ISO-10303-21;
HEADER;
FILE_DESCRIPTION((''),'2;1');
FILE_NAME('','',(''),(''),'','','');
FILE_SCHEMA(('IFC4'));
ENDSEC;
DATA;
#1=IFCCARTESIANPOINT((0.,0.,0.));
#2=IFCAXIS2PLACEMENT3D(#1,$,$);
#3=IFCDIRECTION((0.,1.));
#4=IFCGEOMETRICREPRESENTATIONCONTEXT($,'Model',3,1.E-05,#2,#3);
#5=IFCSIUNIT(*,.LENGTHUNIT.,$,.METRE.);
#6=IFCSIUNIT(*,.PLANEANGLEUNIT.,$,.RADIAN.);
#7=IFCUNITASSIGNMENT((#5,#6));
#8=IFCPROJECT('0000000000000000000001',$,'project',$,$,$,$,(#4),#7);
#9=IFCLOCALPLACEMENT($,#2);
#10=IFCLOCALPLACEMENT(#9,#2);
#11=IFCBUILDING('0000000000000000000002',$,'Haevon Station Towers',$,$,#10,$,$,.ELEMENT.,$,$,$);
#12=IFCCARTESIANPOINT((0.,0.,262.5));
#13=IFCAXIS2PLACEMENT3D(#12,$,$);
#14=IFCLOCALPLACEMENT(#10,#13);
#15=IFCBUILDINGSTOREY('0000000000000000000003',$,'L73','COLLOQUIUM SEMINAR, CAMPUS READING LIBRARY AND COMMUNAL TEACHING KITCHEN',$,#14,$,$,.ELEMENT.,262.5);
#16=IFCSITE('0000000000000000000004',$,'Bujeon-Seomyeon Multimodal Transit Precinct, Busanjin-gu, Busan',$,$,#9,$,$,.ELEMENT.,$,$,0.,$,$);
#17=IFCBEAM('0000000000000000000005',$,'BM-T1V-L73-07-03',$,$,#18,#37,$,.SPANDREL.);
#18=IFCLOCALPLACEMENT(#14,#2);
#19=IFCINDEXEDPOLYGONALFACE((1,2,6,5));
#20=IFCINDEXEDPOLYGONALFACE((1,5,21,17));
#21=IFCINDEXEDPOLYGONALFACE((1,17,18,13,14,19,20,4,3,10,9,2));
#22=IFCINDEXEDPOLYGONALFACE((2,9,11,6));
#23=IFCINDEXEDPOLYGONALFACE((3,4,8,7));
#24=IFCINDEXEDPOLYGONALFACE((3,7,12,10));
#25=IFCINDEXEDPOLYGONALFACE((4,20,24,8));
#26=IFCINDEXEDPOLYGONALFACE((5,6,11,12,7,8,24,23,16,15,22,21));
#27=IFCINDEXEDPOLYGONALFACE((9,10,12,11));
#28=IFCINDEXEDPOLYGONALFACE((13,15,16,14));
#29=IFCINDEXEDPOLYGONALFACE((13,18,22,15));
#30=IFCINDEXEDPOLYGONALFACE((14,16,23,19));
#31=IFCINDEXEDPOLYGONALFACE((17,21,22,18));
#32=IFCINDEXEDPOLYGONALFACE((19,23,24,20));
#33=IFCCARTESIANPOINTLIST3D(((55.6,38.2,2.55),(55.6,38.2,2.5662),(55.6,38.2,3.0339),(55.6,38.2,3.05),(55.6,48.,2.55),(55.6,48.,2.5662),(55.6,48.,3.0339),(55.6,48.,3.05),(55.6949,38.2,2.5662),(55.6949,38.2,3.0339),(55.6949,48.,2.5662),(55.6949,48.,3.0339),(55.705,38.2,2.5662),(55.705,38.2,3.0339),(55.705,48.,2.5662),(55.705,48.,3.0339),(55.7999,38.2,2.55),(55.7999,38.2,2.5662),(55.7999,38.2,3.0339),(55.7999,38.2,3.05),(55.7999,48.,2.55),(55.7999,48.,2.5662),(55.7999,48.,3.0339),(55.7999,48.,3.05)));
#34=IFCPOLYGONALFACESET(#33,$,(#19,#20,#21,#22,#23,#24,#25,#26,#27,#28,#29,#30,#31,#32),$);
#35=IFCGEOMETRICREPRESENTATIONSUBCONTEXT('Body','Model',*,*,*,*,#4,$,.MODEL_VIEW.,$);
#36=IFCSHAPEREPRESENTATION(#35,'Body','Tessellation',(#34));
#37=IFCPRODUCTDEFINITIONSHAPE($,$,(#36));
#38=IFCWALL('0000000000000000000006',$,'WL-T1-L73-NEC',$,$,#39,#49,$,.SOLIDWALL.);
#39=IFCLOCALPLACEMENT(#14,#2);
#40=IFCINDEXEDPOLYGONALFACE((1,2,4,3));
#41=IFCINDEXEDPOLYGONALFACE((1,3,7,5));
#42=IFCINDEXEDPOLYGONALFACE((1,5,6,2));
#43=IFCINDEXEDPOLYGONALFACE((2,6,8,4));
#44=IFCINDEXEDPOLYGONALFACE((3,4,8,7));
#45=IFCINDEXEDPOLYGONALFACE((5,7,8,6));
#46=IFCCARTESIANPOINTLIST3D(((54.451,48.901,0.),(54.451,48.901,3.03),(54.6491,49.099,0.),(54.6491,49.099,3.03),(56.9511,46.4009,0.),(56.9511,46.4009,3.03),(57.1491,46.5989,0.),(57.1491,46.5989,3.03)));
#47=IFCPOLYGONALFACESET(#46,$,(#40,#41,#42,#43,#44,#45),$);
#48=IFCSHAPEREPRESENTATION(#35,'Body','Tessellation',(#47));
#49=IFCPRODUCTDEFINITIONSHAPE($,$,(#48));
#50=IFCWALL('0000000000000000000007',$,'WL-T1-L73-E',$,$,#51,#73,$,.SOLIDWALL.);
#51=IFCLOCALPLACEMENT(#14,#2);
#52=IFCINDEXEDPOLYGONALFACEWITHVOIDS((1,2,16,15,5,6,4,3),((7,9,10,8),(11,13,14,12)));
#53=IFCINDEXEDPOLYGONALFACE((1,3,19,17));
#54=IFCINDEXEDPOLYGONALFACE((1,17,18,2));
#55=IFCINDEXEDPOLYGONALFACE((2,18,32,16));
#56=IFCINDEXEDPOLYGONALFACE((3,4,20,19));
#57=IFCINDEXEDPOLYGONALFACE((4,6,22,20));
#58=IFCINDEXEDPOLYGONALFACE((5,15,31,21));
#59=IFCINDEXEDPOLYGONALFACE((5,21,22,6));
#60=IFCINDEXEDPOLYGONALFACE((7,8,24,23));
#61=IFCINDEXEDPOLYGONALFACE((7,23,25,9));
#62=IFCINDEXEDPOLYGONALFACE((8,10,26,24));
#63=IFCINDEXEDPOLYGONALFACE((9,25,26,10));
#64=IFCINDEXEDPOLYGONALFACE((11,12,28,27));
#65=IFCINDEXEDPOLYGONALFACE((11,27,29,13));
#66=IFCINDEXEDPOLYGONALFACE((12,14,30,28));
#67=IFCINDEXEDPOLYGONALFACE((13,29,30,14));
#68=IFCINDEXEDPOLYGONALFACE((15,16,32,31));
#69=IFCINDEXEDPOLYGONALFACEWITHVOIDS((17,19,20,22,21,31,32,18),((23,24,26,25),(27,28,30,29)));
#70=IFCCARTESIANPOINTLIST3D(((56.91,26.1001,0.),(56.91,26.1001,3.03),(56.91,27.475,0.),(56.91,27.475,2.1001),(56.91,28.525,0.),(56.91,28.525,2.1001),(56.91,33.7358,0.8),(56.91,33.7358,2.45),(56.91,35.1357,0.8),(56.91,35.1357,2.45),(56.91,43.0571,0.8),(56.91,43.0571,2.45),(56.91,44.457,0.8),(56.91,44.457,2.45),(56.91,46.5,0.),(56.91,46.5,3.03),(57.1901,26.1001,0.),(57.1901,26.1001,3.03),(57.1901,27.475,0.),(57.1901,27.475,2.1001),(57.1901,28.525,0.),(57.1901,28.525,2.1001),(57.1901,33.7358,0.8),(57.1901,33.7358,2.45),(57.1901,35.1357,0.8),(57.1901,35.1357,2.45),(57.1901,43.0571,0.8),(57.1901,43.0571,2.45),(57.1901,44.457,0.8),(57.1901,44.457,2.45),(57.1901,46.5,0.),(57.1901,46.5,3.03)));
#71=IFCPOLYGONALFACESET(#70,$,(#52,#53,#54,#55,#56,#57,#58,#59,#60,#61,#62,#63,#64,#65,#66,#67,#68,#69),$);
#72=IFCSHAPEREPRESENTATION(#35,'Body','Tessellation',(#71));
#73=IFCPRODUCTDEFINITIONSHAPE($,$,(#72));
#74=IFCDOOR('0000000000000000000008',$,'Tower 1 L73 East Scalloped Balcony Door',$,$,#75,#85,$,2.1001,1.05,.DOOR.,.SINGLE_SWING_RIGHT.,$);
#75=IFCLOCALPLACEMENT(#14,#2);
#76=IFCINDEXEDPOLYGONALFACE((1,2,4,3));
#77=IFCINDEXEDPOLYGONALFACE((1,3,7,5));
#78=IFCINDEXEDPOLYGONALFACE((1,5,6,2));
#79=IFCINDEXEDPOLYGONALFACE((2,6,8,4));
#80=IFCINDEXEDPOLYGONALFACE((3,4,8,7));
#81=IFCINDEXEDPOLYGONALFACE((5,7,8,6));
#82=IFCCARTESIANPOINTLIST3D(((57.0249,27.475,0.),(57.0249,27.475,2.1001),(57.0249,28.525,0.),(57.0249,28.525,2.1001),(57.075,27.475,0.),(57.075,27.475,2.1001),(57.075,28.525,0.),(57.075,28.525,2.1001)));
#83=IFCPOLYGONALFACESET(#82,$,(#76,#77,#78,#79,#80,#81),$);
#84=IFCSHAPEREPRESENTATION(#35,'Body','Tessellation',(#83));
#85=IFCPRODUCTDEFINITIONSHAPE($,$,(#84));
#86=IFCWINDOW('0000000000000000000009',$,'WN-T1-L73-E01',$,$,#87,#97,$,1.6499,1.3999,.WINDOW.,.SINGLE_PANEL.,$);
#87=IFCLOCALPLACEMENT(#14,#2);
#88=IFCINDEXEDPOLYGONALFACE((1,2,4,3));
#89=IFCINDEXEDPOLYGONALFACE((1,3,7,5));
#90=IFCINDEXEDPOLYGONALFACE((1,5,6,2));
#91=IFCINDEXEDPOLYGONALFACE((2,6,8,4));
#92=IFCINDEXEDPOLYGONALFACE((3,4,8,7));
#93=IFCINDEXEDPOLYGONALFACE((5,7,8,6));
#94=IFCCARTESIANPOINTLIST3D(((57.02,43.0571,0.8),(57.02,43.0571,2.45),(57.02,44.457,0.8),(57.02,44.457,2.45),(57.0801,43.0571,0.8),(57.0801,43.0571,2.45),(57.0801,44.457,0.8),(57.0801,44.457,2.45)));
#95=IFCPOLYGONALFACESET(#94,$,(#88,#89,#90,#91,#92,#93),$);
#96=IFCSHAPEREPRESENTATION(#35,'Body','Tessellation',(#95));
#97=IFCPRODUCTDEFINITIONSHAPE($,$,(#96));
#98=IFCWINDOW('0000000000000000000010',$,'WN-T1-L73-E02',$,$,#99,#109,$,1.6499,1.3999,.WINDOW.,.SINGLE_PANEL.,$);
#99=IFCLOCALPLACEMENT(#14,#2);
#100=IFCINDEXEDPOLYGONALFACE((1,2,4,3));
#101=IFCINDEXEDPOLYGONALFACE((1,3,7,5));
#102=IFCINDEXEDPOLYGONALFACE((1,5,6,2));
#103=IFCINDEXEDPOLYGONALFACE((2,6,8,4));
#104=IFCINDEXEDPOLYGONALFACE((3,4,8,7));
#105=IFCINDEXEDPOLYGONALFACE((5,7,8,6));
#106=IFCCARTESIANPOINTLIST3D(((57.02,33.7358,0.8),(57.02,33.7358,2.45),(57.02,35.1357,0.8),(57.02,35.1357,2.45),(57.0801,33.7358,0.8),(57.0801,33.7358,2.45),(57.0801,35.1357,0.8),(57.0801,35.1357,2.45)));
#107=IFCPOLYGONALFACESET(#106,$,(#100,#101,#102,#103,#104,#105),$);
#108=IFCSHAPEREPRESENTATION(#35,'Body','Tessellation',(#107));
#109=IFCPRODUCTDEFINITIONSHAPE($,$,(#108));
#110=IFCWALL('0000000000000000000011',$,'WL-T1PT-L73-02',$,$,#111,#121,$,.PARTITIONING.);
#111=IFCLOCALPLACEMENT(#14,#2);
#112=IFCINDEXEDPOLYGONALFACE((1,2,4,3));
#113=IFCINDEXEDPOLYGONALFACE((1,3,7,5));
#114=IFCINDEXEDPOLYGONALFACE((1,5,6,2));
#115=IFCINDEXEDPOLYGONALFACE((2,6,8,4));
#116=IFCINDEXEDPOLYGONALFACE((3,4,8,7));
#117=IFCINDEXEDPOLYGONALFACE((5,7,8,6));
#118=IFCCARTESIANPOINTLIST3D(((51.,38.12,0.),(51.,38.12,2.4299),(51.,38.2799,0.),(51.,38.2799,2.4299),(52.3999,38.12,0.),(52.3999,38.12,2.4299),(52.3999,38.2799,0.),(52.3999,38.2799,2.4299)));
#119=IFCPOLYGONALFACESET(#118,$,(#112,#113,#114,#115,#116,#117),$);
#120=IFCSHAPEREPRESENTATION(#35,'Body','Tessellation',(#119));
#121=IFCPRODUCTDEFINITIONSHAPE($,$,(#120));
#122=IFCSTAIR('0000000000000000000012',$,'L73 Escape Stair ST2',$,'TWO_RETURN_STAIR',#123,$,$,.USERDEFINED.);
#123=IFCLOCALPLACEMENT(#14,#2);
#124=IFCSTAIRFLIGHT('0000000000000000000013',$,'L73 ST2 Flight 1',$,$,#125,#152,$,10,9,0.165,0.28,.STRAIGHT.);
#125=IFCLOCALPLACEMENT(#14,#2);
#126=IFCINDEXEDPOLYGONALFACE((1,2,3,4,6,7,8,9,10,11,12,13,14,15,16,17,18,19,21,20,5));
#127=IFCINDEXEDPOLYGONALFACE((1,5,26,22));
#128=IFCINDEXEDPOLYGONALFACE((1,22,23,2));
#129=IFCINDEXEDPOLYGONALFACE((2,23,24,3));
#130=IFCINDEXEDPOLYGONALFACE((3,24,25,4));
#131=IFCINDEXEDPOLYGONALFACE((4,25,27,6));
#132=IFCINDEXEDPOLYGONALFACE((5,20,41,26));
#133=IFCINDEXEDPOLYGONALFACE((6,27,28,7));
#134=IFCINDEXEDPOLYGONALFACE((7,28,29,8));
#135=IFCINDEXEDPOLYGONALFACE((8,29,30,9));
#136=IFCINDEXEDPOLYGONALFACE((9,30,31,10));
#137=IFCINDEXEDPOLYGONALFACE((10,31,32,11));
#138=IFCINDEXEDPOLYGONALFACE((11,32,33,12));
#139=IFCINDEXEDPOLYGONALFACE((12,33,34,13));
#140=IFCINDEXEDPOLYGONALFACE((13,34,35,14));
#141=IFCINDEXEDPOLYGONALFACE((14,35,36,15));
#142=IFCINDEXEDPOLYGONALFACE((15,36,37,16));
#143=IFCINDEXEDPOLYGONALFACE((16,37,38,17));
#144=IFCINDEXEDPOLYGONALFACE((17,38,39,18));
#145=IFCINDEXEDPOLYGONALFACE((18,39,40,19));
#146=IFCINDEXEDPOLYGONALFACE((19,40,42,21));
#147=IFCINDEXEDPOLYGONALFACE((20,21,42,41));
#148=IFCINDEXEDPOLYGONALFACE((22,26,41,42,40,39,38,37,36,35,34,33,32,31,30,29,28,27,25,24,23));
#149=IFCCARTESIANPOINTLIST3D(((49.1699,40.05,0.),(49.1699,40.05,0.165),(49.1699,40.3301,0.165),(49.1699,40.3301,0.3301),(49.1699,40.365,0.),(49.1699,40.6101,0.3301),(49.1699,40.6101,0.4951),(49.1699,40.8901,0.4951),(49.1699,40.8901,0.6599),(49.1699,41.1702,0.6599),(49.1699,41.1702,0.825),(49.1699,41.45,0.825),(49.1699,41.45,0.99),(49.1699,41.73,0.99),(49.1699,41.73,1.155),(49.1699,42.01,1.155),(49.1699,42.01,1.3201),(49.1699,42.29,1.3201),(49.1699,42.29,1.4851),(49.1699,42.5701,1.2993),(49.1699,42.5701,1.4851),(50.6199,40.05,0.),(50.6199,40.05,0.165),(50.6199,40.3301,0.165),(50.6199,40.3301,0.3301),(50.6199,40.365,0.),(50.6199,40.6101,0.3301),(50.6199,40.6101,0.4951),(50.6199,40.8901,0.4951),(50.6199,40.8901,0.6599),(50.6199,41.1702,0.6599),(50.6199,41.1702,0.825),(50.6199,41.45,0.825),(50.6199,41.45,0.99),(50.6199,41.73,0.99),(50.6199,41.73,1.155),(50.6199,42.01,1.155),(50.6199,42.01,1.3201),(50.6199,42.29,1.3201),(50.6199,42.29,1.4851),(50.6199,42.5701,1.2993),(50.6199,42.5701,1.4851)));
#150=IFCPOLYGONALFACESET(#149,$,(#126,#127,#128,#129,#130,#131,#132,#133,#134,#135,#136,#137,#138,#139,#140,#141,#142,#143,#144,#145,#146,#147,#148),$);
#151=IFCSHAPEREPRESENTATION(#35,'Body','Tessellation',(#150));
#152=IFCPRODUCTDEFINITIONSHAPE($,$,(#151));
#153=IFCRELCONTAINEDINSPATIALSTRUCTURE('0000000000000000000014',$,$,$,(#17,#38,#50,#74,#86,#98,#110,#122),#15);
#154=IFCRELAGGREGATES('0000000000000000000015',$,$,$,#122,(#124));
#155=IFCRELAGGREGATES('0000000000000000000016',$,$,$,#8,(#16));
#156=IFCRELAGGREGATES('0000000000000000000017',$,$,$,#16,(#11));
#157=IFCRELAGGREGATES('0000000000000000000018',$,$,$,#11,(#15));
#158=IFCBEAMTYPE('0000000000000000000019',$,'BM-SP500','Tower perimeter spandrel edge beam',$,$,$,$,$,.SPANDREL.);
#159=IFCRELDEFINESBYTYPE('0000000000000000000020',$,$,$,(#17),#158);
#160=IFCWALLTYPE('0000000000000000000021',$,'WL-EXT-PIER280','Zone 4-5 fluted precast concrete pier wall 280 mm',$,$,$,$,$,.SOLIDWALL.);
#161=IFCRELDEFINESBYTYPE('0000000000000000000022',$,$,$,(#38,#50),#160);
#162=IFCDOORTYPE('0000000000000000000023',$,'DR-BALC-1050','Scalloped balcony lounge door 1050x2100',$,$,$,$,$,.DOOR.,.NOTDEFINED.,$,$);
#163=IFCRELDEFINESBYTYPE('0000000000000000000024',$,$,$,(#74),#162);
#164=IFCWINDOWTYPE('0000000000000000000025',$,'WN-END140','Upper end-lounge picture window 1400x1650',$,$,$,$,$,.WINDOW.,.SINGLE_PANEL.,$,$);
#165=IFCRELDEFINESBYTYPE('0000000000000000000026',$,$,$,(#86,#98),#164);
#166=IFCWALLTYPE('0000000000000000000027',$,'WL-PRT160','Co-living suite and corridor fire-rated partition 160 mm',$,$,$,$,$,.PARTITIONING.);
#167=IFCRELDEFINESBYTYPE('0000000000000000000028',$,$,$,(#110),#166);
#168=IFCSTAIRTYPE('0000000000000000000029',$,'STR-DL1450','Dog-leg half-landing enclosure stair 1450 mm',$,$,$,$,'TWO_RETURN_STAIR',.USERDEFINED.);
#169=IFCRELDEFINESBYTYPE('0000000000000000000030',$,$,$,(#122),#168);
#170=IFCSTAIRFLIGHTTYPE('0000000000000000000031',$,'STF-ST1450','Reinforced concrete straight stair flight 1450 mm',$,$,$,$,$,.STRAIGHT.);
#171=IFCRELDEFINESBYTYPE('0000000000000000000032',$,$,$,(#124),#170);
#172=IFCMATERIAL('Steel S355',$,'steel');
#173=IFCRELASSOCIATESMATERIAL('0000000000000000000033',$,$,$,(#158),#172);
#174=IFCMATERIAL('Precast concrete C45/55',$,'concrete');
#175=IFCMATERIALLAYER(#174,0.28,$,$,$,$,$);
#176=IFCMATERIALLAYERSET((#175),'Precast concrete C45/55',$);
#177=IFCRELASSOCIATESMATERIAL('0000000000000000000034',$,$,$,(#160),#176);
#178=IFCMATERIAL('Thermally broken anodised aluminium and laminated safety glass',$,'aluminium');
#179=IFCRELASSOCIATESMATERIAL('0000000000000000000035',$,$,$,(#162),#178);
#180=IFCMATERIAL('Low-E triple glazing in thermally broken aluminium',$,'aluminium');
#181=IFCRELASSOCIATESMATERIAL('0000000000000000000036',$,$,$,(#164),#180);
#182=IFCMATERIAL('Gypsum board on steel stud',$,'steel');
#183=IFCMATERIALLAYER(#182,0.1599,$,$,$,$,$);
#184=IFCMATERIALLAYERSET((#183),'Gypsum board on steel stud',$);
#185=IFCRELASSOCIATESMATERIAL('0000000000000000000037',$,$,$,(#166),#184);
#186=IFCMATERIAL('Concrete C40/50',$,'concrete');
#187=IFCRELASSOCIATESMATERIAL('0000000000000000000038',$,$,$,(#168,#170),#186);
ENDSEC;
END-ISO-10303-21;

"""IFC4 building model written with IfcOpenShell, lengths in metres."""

from ifc_helpers import new_model, si_unit, direction, frame, frame_2d, origin, origin_2d, place, context, subcontext, project, spatial, polyline, rectangle, i_section, outline, extrude, material, layer, layer_set, material_profile, profile_set, type_object, element, fill, aggregate, save


model = new_model("IFC4")

# Units and contexts
model_context = context("Model", 3, precision=1e-05, world=origin(), true_north=direction((0.0, 1.0)))
body_context = subcontext(model_context, "Body", "Model", "MODEL_VIEW")
ifc_project = project(units=[si_unit("LENGTHUNIT", "METRE"), si_unit("PLANEANGLEUNIT", "RADIAN")], contexts=[model_context])

# Site, building, storey
site_placement = place(None, origin())
site = spatial("IfcSite", under=ifc_project, at=site_placement, Name="Bujeon-Seomyeon Multimodal Transit Precinct, Busanjin-gu, Busan", CompositionType="ELEMENT", RefElevation=0.0)
building_placement = place(site_placement, origin())
building = spatial("IfcBuilding", under=site, at=building_placement, Name="Haevon Station Towers", CompositionType="ELEMENT")
storey_placement = place(building_placement, frame((0.0, 0.0, 262.5)))
storey = spatial("IfcBuildingStorey", under=building, at=storey_placement, Name="L73", Description="COLLOQUIUM SEMINAR, CAMPUS READING LIBRARY AND COMMUNAL TEACHING KITCHEN", CompositionType="ELEMENT", Elevation=262.5)

# Shared definitions
ifc_material_1 = material(Name="Steel S355", Category="steel")

# Beam
ifc_material_profile_1 = material_profile(ifc_material_1, i_section(OverallWidth=0.2, OverallDepth=0.5, WebThickness=0.01, FlangeThickness=0.0161, at=origin_2d()), Name="H-500x200x10x16")
ifc_profile_set_1 = profile_set([ifc_material_profile_1], Name="Steel S355")
beam_type_1 = type_object("IfcBeamType", Name="BM-SP500", Description="Tower perimeter spandrel edge beam", PredefinedType="SPANDREL", material=ifc_profile_set_1)
beam_1_placement = place(storey_placement, frame((55.7, 38.2, 2.8), z_axis=(0.0, 1.0, 0.0), x_axis=(-1.0, 0.0, 0.0)))
element("IfcBeam", 1, at=beam_1_placement, inside=storey, type_object=beam_type_1, Name="BM-T1V-L73-07-03", PredefinedType="SPANDREL", context=body_context, shape_type="SweptSolid", body=[
    extrude(i_section(OverallWidth=0.2, OverallDepth=0.5, WebThickness=0.01, FlangeThickness=0.0161, at=origin_2d()), origin(), (0.0, 0.0, 1.0), 9.8),
])

# Wall
ifc_material_2 = material(Name="Precast concrete C45/55", Category="concrete")
ifc_layer_1 = layer(ifc_material_2, 0.28)
ifc_layer_set_1 = layer_set([ifc_layer_1], Name="Precast concrete C45/55")
wall_type_1 = type_object("IfcWallType", Name="WL-EXT-PIER280", Description="Zone 4-5 fluted precast concrete pier wall 280 mm", PredefinedType="SOLIDWALL", material=ifc_layer_set_1)
wall_1_placement = place(storey_placement, frame((54.55, 49.0, 0.0), z_axis=(0.0, 0.0, 1.0), x_axis=(0.707107, -0.707107, 0.0)))
element("IfcWall", 2, at=wall_1_placement, inside=storey, type_object=wall_type_1, Name="WL-T1-L73-NEC", PredefinedType="SOLIDWALL", context=body_context, shape_type="SweptSolid", body=[
    extrude(rectangle(XDim=3.5356, YDim=0.28, at=frame_2d((1.7678, 0.0))), origin(), (0.0, 0.0, 1.0), 3.03),
])

# Wall, openings, door, windows
wall_2_placement = place(storey_placement, frame((57.05, 46.5, 0.0), z_axis=(0.0, 0.0, 1.0), x_axis=(0.0, -1.0, 0.0)))
wall_2 = element("IfcWall", 3, at=wall_2_placement, inside=storey, type_object=wall_type_1, Name="WL-T1-L73-E", PredefinedType="SOLIDWALL", context=body_context, shape_type="SweptSolid", body=[
    extrude(rectangle(XDim=20.3999, YDim=0.28, at=frame_2d((10.2, 0.0))), origin(), (0.0, 0.0, 1.0), 3.03),
])
opening_1_placement = place(wall_2_placement, frame((17.9751, 0.0, 0.0)))
opening_1 = element("IfcOpeningElement", 4, at=opening_1_placement, cuts=wall_2, PredefinedType="OPENING", context=body_context, shape_type="SweptSolid", body=[
    extrude(rectangle(XDim=1.05, YDim=2.1001, at=frame_2d((0.5249, 1.05))), frame((0.0, 0.1499, 0.0), z_axis=(0.0, -1.0, 0.0), x_axis=(1.0, 0.0, 0.0)), (0.0, 0.0, 1.0), 0.3),
])
opening_2_placement = place(wall_2_placement, frame((2.043, 0.0, 0.8)))
opening_2 = element("IfcOpeningElement", 5, at=opening_2_placement, cuts=wall_2, PredefinedType="OPENING", context=body_context, shape_type="SweptSolid", body=[
    extrude(rectangle(XDim=1.3999, YDim=1.6499, at=frame_2d((0.7, 0.825))), frame((0.0, 0.1499, 0.0), z_axis=(0.0, -1.0, 0.0), x_axis=(1.0, 0.0, 0.0)), (0.0, 0.0, 1.0), 0.3),
])
opening_3_placement = place(wall_2_placement, frame((11.3643, 0.0, 0.8)))
opening_3 = element("IfcOpeningElement", 6, at=opening_3_placement, cuts=wall_2, PredefinedType="OPENING", context=body_context, shape_type="SweptSolid", body=[
    extrude(rectangle(XDim=1.3999, YDim=1.6499, at=frame_2d((0.7, 0.825))), frame((0.0, 0.1499, 0.0), z_axis=(0.0, -1.0, 0.0), x_axis=(1.0, 0.0, 0.0)), (0.0, 0.0, 1.0), 0.3),
])
ifc_material_3 = material(Name="Thermally broken anodised aluminium and laminated safety glass", Category="aluminium")
door_type = type_object("IfcDoorType", Name="DR-BALC-1050", Description="Scalloped balcony lounge door 1050x2100", OperationType="NOTDEFINED", PredefinedType="DOOR", material=ifc_material_3)
door_placement = place(opening_1_placement, origin())
door = element("IfcDoor", 7, at=door_placement, inside=storey, type_object=door_type, Name="Tower 1 L73 East Scalloped Balcony Door", OperationType="SINGLE_SWING_RIGHT", OverallHeight=2.1001, OverallWidth=1.05, PredefinedType="DOOR", context=body_context, shape_type="SweptSolid", body=[
    extrude(rectangle(XDim=1.05, YDim=2.1001, at=frame_2d((0.5249, 1.05))), frame((0.0, 0.0249, 0.0), z_axis=(0.0, -1.0, 0.0), x_axis=(1.0, 0.0, 0.0)), (0.0, 0.0, 1.0), 0.05),
])
fill(opening_1, door)
ifc_material_4 = material(Name="Low-E triple glazing in thermally broken aluminium", Category="aluminium")
window_type = type_object("IfcWindowType", Name="WN-END140", Description="Upper end-lounge picture window 1400x1650", PartitioningType="SINGLE_PANEL", PredefinedType="WINDOW", material=ifc_material_4)
window_1_placement = place(opening_2_placement, origin())
window_1 = element("IfcWindow", 8, at=window_1_placement, inside=storey, type_object=window_type, Name="WN-T1-L73-E01", OverallHeight=1.6499, OverallWidth=1.3999, PartitioningType="SINGLE_PANEL", PredefinedType="WINDOW", context=body_context, shape_type="SweptSolid", body=[
    extrude(rectangle(XDim=1.3999, YDim=1.6499, at=frame_2d((0.7, 0.825))), frame((0.0, 0.03, 0.0), z_axis=(0.0, -1.0, 0.0), x_axis=(1.0, 0.0, 0.0)), (0.0, 0.0, 1.0), 0.0601),
])
fill(opening_2, window_1)
window_2_placement = place(opening_3_placement, origin())
window_2 = element("IfcWindow", 9, at=window_2_placement, inside=storey, type_object=window_type, Name="WN-T1-L73-E02", OverallHeight=1.6499, OverallWidth=1.3999, PartitioningType="SINGLE_PANEL", PredefinedType="WINDOW", context=body_context, shape_type="SweptSolid", body=[
    extrude(rectangle(XDim=1.3999, YDim=1.6499, at=frame_2d((0.7, 0.825))), frame((0.0, 0.03, 0.0), z_axis=(0.0, -1.0, 0.0), x_axis=(1.0, 0.0, 0.0)), (0.0, 0.0, 1.0), 0.0601),
])
fill(opening_3, window_2)

# Wall
ifc_material_5 = material(Name="Gypsum board on steel stud", Category="steel")
ifc_layer_2 = layer(ifc_material_5, 0.1599)
ifc_layer_set_2 = layer_set([ifc_layer_2], Name="Gypsum board on steel stud")
wall_type_2 = type_object("IfcWallType", Name="WL-PRT160", Description="Co-living suite and corridor fire-rated partition 160 mm", PredefinedType="PARTITIONING", material=ifc_layer_set_2)
wall_3_placement = place(storey_placement, frame((51.0, 38.2, 0.0), z_axis=(0.0, 0.0, 1.0), x_axis=(1.0, 0.0, 0.0)))
element("IfcWall", 10, at=wall_3_placement, inside=storey, type_object=wall_type_2, Name="WL-T1PT-L73-02", PredefinedType="PARTITIONING", context=body_context, shape_type="SweptSolid", body=[
    extrude(rectangle(XDim=1.3999, YDim=0.1599, at=frame_2d((0.7, 0.0))), origin(), (0.0, 0.0, 1.0), 2.4299),
])

# Stair, stair flight
ifc_material_6 = material(Name="Concrete C40/50", Category="concrete")
stair_type = type_object("IfcStairType", Name="STR-DL1450", Description="Dog-leg half-landing enclosure stair 1450 mm", ElementType="TWO_RETURN_STAIR", PredefinedType="USERDEFINED", material=ifc_material_6)
stair_placement = place(storey_placement, origin())
stair = element("IfcStair", 11, at=stair_placement, inside=storey, type_object=stair_type, Name="L73 Escape Stair ST2", ObjectType="TWO_RETURN_STAIR", PredefinedType="USERDEFINED")
stair_flight_type = type_object("IfcStairFlightType", Name="STF-ST1450", Description="Reinforced concrete straight stair flight 1450 mm", PredefinedType="STRAIGHT", material=ifc_material_6)
stair_flight_1_placement = place(storey_placement, frame((49.895, 40.05, 0.0), z_axis=(0.0, 0.0, 1.0), x_axis=(0.0, 1.0, 0.0)))
stair_flight_1 = element("IfcStairFlight", 12, at=stair_flight_1_placement, type_object=stair_flight_type, Name="L73 ST2 Flight 1", NumberOfRisers=10, NumberOfTreads=9, PredefinedType="STRAIGHT", RiserHeight=0.165, TreadLength=0.28, context=body_context, shape_type="SweptSolid", body=[
    extrude(outline(polyline([(0.0, 0.0), (0.0, 0.165), (0.28, 0.165), (0.28, 0.3301), (0.5601, 0.3301), (0.5601, 0.4951), (0.8401, 0.4951), (0.8401, 0.6599), (1.1201, 0.6599), (1.1201, 0.825), (1.3999, 0.825), (1.3999, 0.99), (1.6799, 0.99), (1.6799, 1.155), (1.96, 1.155), (1.96, 1.3201), (2.24, 1.3201), (2.24, 1.4851), (2.52, 1.4851), (2.52, 1.6499), (2.52, 1.2993), (0.3149, 0.0), (0.0, 0.0)])), frame((0.0, 0.7251, 0.0), z_axis=(0.0, -1.0, 0.0), x_axis=(1.0, 0.0, 0.0)), (0.0, 0.0, 1.0), 1.45),
])
aggregate(stair, [stair_flight_1])

save(model, "model.ifc")
